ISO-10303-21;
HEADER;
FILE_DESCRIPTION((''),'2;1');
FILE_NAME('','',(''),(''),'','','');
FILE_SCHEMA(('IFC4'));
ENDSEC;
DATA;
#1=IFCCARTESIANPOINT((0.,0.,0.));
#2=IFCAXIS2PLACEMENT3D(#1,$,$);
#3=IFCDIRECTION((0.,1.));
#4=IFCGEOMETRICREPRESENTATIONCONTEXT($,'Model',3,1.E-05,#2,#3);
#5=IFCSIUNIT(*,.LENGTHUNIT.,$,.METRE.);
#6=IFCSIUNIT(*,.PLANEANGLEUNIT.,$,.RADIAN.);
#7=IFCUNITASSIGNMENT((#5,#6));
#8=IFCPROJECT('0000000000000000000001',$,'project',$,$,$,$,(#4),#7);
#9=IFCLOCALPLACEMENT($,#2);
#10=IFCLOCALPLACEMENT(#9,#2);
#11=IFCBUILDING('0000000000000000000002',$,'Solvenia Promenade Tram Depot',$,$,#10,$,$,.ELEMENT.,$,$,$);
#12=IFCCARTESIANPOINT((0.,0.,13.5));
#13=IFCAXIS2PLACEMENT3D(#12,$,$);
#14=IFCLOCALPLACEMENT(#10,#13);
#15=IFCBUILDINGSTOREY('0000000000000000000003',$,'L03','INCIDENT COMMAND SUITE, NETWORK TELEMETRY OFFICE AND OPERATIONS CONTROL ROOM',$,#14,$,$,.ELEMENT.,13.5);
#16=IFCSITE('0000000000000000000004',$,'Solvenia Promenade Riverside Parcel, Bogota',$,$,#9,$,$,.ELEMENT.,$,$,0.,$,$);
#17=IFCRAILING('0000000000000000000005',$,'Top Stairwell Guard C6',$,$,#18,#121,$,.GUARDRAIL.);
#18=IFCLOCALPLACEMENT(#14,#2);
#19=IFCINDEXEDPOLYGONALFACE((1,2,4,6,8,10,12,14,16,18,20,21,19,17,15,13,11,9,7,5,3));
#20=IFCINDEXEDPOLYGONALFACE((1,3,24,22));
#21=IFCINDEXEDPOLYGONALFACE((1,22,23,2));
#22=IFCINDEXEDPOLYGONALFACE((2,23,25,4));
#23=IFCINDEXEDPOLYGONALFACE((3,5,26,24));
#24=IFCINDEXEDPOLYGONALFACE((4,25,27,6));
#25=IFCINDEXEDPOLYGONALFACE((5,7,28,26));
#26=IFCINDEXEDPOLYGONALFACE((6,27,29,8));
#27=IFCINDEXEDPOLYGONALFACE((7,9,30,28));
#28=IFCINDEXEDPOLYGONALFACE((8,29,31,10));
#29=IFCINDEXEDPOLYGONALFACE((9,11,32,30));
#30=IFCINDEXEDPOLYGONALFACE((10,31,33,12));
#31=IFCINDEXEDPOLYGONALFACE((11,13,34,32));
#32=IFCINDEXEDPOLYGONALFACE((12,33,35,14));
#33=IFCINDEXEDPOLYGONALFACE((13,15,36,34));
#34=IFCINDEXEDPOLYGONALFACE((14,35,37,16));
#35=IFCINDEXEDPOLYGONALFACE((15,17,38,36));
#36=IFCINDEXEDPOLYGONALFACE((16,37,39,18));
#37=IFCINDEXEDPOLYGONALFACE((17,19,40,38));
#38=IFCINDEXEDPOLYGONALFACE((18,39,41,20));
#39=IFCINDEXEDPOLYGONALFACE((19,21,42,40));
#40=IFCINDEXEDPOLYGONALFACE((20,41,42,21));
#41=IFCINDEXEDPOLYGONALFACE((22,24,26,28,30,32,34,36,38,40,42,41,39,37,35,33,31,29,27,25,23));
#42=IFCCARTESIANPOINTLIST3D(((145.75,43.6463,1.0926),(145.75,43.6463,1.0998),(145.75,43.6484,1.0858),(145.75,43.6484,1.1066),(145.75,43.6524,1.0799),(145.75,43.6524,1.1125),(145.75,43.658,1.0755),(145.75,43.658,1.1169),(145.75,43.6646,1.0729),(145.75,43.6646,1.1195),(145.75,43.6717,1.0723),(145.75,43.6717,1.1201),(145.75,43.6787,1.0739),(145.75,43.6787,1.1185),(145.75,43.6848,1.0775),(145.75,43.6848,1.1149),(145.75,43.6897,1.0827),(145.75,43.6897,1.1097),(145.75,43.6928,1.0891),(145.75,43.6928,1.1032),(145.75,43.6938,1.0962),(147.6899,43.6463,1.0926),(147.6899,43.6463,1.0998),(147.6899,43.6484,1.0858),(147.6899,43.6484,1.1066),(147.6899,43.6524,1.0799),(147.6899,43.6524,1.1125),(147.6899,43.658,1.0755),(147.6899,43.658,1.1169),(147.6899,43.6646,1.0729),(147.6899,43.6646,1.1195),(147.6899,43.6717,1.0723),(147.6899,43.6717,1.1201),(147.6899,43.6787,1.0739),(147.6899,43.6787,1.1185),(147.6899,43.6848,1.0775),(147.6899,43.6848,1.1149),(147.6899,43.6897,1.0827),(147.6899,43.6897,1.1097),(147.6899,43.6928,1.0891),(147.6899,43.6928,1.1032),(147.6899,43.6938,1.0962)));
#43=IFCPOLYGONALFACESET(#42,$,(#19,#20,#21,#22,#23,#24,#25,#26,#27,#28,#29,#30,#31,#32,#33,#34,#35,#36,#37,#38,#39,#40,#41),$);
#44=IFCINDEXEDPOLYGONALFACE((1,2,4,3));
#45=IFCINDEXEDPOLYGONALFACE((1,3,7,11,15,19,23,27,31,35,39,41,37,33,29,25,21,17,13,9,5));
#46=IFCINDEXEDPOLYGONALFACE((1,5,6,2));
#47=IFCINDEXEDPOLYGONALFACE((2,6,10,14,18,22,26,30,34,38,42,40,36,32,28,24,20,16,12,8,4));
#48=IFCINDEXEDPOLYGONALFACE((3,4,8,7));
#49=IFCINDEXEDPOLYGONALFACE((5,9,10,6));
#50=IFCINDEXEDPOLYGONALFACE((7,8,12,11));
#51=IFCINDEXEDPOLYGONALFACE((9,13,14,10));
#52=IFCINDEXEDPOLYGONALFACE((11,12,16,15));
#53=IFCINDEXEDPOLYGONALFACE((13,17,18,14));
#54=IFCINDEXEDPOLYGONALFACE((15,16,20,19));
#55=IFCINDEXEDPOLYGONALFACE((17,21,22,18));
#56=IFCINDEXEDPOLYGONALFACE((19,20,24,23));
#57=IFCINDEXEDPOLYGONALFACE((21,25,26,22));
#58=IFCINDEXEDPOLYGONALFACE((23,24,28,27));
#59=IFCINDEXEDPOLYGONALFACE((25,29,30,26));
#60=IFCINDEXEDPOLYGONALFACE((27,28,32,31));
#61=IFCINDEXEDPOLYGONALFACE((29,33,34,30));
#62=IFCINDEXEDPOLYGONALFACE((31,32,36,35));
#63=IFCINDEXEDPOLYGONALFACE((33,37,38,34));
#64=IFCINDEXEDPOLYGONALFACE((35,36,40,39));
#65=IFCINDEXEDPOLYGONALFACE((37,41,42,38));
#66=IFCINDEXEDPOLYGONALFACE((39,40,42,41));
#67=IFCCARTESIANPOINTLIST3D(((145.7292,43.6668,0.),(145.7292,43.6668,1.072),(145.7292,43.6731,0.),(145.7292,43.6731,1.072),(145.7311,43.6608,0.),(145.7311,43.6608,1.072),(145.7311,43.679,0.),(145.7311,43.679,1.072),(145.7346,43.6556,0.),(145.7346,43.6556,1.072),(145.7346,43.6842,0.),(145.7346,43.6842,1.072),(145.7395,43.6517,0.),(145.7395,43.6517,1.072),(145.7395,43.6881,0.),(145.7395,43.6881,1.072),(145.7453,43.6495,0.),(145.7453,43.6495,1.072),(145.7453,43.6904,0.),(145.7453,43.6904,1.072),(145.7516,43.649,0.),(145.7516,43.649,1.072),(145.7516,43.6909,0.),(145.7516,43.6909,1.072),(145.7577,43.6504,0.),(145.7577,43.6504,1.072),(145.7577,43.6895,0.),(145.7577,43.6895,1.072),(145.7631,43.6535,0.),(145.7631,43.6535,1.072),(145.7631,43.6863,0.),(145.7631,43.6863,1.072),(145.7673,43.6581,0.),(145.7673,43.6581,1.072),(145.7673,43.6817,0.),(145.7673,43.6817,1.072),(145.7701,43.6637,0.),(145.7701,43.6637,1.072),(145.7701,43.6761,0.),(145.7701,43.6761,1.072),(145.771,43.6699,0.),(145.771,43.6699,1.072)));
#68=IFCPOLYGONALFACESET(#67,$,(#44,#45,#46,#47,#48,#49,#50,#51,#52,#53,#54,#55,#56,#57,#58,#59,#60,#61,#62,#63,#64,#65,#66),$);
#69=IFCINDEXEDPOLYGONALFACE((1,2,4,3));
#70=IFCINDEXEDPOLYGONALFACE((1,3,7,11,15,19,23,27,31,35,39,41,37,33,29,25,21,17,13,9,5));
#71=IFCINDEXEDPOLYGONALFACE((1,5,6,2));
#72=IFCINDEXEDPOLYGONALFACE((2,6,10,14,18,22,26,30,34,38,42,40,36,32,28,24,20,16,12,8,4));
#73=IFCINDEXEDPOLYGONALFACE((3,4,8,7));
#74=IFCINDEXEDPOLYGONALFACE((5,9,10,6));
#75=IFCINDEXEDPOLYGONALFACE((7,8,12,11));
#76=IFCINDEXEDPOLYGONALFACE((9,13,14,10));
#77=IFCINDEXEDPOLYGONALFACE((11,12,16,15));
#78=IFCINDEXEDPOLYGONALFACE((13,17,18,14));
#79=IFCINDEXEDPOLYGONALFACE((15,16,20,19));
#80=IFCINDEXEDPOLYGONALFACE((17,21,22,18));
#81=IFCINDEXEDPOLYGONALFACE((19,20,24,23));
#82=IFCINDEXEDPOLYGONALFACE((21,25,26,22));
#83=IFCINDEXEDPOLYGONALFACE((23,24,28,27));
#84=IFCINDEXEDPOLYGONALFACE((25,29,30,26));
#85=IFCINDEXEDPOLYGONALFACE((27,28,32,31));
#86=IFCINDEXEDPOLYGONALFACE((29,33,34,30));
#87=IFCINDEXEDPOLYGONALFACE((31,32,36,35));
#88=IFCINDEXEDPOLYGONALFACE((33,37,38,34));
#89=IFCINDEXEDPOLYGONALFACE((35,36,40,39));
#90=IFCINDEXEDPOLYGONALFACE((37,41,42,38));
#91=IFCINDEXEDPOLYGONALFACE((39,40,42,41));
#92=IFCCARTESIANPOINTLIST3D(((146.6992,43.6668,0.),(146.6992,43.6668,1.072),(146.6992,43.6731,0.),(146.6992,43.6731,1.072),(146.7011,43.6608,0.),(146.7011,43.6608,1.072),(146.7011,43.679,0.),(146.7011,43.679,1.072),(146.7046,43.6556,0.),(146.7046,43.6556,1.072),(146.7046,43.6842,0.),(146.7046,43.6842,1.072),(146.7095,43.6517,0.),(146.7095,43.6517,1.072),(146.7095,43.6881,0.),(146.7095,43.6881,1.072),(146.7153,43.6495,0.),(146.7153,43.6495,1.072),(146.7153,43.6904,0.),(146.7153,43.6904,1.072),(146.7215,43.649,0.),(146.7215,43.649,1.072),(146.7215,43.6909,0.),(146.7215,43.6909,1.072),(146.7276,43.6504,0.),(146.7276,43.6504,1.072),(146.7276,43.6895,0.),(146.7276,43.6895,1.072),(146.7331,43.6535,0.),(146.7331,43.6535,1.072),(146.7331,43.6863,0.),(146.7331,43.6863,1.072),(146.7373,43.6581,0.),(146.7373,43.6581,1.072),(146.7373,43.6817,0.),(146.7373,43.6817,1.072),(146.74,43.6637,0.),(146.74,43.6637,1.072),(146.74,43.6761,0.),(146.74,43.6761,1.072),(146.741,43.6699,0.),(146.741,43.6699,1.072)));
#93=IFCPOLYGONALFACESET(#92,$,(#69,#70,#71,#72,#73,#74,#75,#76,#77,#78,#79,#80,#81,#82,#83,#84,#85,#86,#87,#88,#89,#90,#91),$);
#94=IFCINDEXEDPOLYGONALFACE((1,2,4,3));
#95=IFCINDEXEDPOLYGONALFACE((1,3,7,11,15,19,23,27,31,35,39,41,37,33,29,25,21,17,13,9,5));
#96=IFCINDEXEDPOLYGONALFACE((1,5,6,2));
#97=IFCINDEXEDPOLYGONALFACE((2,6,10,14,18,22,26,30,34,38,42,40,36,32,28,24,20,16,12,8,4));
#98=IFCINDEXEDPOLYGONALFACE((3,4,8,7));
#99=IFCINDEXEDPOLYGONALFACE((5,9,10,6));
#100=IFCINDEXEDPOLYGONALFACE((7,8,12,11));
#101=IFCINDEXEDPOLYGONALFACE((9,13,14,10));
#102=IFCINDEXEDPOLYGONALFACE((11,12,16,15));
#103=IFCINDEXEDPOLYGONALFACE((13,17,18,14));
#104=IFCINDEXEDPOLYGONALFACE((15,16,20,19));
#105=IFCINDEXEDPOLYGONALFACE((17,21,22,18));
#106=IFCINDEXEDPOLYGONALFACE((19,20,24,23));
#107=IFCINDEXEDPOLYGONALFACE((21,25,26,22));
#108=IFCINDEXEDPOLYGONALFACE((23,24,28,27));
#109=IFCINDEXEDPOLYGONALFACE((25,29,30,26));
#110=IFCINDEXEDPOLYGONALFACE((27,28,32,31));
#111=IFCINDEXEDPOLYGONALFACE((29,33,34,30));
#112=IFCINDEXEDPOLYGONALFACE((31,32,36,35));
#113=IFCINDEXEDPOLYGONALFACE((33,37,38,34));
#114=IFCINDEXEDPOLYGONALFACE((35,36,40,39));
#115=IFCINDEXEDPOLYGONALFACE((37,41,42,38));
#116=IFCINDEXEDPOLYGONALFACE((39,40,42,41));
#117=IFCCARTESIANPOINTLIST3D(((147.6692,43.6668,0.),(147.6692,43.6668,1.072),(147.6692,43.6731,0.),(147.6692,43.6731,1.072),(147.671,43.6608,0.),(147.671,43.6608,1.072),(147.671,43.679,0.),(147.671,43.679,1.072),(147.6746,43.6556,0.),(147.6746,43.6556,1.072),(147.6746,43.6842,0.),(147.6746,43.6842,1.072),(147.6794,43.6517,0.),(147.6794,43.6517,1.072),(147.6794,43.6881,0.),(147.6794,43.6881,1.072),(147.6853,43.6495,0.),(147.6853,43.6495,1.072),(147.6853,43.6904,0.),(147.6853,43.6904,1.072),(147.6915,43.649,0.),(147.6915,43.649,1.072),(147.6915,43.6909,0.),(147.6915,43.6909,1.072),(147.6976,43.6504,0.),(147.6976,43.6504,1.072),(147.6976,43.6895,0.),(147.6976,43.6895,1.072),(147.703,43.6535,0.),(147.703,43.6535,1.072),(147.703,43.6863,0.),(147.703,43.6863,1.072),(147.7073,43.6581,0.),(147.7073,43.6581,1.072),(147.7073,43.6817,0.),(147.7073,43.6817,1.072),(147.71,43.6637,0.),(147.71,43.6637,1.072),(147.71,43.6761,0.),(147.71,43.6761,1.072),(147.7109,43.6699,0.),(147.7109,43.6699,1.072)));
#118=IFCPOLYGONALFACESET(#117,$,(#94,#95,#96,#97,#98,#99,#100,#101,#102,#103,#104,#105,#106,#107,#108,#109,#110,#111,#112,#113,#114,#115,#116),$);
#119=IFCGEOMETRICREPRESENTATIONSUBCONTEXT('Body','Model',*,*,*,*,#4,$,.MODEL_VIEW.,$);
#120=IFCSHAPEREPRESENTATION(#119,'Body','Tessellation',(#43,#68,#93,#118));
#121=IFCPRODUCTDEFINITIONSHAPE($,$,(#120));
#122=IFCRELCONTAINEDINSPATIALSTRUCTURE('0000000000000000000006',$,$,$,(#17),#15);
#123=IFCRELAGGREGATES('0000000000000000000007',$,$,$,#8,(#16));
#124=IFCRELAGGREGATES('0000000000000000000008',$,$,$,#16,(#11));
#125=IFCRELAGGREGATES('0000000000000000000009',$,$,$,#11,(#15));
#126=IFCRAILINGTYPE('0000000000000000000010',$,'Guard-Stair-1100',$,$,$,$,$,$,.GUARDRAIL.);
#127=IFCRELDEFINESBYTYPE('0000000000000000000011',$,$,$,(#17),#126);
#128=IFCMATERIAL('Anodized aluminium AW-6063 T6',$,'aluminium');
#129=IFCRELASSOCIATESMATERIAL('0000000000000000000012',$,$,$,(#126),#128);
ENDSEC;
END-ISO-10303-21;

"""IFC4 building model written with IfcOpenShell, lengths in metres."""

from ifc_helpers import new_model, si_unit, direction, frame, origin, origin_2d, place, context, subcontext, project, spatial, circle, extrude, material, type_object, element, save


model = new_model("IFC4")

# Units and contexts
model_context = context("Model", 3, precision=1e-05, world=origin(), true_north=direction((0.0, 1.0)))
body_context = subcontext(model_context, "Body", "Model", "MODEL_VIEW")
ifc_project = project(units=[si_unit("LENGTHUNIT", "METRE"), si_unit("PLANEANGLEUNIT", "RADIAN")], contexts=[model_context])

# Site, building, storey
site_placement = place(None, origin())
site = spatial("IfcSite", under=ifc_project, at=site_placement, Name="Solvenia Promenade Riverside Parcel, Bogota", CompositionType="ELEMENT", RefElevation=0.0)
building_placement = place(site_placement, origin())
building = spatial("IfcBuilding", under=site, at=building_placement, Name="Solvenia Promenade Tram Depot", CompositionType="ELEMENT")
storey_placement = place(building_placement, frame((0.0, 0.0, 13.5)))
storey = spatial("IfcBuildingStorey", under=building, at=storey_placement, Name="L03", Description="INCIDENT COMMAND SUITE, NETWORK TELEMETRY OFFICE AND OPERATIONS CONTROL ROOM", CompositionType="ELEMENT", Elevation=13.5)

# Shared definitions
ifc_material_1 = material(Name="Anodized aluminium AW-6063 T6", Category="aluminium")

# Railing
railing_type = type_object("IfcRailingType", Name="Guard-Stair-1100", PredefinedType="GUARDRAIL", material=ifc_material_1)
railing_placement = place(storey_placement, frame((145.75, 43.6699, 0.0)))
element("IfcRailing", 1, at=railing_placement, inside=storey, type_object=railing_type, Name="Top Stairwell Guard C6", PredefinedType="GUARDRAIL", context=body_context, shape_type="SweptSolid", body=[
    extrude(circle(Radius=0.0239, at=origin_2d()), frame((0.0, 0.0, 1.0962), z_axis=(1.0, 0.0, 0.0), x_axis=(0.0, 1.0, 0.0)), (0.0, 0.0, 1.0), 1.9399),
    extrude(circle(Radius=0.021, at=origin_2d()), origin(), (0.0, 0.0, 1.0), 1.072),
    extrude(circle(Radius=0.021, at=origin_2d()), frame((0.97, 0.0, 0.0)), (0.0, 0.0, 1.0), 1.072),
    extrude(circle(Radius=0.021, at=origin_2d()), frame((1.9399, 0.0, 0.0)), (0.0, 0.0, 1.0), 1.072),
])

save(model, "model.ifc")
